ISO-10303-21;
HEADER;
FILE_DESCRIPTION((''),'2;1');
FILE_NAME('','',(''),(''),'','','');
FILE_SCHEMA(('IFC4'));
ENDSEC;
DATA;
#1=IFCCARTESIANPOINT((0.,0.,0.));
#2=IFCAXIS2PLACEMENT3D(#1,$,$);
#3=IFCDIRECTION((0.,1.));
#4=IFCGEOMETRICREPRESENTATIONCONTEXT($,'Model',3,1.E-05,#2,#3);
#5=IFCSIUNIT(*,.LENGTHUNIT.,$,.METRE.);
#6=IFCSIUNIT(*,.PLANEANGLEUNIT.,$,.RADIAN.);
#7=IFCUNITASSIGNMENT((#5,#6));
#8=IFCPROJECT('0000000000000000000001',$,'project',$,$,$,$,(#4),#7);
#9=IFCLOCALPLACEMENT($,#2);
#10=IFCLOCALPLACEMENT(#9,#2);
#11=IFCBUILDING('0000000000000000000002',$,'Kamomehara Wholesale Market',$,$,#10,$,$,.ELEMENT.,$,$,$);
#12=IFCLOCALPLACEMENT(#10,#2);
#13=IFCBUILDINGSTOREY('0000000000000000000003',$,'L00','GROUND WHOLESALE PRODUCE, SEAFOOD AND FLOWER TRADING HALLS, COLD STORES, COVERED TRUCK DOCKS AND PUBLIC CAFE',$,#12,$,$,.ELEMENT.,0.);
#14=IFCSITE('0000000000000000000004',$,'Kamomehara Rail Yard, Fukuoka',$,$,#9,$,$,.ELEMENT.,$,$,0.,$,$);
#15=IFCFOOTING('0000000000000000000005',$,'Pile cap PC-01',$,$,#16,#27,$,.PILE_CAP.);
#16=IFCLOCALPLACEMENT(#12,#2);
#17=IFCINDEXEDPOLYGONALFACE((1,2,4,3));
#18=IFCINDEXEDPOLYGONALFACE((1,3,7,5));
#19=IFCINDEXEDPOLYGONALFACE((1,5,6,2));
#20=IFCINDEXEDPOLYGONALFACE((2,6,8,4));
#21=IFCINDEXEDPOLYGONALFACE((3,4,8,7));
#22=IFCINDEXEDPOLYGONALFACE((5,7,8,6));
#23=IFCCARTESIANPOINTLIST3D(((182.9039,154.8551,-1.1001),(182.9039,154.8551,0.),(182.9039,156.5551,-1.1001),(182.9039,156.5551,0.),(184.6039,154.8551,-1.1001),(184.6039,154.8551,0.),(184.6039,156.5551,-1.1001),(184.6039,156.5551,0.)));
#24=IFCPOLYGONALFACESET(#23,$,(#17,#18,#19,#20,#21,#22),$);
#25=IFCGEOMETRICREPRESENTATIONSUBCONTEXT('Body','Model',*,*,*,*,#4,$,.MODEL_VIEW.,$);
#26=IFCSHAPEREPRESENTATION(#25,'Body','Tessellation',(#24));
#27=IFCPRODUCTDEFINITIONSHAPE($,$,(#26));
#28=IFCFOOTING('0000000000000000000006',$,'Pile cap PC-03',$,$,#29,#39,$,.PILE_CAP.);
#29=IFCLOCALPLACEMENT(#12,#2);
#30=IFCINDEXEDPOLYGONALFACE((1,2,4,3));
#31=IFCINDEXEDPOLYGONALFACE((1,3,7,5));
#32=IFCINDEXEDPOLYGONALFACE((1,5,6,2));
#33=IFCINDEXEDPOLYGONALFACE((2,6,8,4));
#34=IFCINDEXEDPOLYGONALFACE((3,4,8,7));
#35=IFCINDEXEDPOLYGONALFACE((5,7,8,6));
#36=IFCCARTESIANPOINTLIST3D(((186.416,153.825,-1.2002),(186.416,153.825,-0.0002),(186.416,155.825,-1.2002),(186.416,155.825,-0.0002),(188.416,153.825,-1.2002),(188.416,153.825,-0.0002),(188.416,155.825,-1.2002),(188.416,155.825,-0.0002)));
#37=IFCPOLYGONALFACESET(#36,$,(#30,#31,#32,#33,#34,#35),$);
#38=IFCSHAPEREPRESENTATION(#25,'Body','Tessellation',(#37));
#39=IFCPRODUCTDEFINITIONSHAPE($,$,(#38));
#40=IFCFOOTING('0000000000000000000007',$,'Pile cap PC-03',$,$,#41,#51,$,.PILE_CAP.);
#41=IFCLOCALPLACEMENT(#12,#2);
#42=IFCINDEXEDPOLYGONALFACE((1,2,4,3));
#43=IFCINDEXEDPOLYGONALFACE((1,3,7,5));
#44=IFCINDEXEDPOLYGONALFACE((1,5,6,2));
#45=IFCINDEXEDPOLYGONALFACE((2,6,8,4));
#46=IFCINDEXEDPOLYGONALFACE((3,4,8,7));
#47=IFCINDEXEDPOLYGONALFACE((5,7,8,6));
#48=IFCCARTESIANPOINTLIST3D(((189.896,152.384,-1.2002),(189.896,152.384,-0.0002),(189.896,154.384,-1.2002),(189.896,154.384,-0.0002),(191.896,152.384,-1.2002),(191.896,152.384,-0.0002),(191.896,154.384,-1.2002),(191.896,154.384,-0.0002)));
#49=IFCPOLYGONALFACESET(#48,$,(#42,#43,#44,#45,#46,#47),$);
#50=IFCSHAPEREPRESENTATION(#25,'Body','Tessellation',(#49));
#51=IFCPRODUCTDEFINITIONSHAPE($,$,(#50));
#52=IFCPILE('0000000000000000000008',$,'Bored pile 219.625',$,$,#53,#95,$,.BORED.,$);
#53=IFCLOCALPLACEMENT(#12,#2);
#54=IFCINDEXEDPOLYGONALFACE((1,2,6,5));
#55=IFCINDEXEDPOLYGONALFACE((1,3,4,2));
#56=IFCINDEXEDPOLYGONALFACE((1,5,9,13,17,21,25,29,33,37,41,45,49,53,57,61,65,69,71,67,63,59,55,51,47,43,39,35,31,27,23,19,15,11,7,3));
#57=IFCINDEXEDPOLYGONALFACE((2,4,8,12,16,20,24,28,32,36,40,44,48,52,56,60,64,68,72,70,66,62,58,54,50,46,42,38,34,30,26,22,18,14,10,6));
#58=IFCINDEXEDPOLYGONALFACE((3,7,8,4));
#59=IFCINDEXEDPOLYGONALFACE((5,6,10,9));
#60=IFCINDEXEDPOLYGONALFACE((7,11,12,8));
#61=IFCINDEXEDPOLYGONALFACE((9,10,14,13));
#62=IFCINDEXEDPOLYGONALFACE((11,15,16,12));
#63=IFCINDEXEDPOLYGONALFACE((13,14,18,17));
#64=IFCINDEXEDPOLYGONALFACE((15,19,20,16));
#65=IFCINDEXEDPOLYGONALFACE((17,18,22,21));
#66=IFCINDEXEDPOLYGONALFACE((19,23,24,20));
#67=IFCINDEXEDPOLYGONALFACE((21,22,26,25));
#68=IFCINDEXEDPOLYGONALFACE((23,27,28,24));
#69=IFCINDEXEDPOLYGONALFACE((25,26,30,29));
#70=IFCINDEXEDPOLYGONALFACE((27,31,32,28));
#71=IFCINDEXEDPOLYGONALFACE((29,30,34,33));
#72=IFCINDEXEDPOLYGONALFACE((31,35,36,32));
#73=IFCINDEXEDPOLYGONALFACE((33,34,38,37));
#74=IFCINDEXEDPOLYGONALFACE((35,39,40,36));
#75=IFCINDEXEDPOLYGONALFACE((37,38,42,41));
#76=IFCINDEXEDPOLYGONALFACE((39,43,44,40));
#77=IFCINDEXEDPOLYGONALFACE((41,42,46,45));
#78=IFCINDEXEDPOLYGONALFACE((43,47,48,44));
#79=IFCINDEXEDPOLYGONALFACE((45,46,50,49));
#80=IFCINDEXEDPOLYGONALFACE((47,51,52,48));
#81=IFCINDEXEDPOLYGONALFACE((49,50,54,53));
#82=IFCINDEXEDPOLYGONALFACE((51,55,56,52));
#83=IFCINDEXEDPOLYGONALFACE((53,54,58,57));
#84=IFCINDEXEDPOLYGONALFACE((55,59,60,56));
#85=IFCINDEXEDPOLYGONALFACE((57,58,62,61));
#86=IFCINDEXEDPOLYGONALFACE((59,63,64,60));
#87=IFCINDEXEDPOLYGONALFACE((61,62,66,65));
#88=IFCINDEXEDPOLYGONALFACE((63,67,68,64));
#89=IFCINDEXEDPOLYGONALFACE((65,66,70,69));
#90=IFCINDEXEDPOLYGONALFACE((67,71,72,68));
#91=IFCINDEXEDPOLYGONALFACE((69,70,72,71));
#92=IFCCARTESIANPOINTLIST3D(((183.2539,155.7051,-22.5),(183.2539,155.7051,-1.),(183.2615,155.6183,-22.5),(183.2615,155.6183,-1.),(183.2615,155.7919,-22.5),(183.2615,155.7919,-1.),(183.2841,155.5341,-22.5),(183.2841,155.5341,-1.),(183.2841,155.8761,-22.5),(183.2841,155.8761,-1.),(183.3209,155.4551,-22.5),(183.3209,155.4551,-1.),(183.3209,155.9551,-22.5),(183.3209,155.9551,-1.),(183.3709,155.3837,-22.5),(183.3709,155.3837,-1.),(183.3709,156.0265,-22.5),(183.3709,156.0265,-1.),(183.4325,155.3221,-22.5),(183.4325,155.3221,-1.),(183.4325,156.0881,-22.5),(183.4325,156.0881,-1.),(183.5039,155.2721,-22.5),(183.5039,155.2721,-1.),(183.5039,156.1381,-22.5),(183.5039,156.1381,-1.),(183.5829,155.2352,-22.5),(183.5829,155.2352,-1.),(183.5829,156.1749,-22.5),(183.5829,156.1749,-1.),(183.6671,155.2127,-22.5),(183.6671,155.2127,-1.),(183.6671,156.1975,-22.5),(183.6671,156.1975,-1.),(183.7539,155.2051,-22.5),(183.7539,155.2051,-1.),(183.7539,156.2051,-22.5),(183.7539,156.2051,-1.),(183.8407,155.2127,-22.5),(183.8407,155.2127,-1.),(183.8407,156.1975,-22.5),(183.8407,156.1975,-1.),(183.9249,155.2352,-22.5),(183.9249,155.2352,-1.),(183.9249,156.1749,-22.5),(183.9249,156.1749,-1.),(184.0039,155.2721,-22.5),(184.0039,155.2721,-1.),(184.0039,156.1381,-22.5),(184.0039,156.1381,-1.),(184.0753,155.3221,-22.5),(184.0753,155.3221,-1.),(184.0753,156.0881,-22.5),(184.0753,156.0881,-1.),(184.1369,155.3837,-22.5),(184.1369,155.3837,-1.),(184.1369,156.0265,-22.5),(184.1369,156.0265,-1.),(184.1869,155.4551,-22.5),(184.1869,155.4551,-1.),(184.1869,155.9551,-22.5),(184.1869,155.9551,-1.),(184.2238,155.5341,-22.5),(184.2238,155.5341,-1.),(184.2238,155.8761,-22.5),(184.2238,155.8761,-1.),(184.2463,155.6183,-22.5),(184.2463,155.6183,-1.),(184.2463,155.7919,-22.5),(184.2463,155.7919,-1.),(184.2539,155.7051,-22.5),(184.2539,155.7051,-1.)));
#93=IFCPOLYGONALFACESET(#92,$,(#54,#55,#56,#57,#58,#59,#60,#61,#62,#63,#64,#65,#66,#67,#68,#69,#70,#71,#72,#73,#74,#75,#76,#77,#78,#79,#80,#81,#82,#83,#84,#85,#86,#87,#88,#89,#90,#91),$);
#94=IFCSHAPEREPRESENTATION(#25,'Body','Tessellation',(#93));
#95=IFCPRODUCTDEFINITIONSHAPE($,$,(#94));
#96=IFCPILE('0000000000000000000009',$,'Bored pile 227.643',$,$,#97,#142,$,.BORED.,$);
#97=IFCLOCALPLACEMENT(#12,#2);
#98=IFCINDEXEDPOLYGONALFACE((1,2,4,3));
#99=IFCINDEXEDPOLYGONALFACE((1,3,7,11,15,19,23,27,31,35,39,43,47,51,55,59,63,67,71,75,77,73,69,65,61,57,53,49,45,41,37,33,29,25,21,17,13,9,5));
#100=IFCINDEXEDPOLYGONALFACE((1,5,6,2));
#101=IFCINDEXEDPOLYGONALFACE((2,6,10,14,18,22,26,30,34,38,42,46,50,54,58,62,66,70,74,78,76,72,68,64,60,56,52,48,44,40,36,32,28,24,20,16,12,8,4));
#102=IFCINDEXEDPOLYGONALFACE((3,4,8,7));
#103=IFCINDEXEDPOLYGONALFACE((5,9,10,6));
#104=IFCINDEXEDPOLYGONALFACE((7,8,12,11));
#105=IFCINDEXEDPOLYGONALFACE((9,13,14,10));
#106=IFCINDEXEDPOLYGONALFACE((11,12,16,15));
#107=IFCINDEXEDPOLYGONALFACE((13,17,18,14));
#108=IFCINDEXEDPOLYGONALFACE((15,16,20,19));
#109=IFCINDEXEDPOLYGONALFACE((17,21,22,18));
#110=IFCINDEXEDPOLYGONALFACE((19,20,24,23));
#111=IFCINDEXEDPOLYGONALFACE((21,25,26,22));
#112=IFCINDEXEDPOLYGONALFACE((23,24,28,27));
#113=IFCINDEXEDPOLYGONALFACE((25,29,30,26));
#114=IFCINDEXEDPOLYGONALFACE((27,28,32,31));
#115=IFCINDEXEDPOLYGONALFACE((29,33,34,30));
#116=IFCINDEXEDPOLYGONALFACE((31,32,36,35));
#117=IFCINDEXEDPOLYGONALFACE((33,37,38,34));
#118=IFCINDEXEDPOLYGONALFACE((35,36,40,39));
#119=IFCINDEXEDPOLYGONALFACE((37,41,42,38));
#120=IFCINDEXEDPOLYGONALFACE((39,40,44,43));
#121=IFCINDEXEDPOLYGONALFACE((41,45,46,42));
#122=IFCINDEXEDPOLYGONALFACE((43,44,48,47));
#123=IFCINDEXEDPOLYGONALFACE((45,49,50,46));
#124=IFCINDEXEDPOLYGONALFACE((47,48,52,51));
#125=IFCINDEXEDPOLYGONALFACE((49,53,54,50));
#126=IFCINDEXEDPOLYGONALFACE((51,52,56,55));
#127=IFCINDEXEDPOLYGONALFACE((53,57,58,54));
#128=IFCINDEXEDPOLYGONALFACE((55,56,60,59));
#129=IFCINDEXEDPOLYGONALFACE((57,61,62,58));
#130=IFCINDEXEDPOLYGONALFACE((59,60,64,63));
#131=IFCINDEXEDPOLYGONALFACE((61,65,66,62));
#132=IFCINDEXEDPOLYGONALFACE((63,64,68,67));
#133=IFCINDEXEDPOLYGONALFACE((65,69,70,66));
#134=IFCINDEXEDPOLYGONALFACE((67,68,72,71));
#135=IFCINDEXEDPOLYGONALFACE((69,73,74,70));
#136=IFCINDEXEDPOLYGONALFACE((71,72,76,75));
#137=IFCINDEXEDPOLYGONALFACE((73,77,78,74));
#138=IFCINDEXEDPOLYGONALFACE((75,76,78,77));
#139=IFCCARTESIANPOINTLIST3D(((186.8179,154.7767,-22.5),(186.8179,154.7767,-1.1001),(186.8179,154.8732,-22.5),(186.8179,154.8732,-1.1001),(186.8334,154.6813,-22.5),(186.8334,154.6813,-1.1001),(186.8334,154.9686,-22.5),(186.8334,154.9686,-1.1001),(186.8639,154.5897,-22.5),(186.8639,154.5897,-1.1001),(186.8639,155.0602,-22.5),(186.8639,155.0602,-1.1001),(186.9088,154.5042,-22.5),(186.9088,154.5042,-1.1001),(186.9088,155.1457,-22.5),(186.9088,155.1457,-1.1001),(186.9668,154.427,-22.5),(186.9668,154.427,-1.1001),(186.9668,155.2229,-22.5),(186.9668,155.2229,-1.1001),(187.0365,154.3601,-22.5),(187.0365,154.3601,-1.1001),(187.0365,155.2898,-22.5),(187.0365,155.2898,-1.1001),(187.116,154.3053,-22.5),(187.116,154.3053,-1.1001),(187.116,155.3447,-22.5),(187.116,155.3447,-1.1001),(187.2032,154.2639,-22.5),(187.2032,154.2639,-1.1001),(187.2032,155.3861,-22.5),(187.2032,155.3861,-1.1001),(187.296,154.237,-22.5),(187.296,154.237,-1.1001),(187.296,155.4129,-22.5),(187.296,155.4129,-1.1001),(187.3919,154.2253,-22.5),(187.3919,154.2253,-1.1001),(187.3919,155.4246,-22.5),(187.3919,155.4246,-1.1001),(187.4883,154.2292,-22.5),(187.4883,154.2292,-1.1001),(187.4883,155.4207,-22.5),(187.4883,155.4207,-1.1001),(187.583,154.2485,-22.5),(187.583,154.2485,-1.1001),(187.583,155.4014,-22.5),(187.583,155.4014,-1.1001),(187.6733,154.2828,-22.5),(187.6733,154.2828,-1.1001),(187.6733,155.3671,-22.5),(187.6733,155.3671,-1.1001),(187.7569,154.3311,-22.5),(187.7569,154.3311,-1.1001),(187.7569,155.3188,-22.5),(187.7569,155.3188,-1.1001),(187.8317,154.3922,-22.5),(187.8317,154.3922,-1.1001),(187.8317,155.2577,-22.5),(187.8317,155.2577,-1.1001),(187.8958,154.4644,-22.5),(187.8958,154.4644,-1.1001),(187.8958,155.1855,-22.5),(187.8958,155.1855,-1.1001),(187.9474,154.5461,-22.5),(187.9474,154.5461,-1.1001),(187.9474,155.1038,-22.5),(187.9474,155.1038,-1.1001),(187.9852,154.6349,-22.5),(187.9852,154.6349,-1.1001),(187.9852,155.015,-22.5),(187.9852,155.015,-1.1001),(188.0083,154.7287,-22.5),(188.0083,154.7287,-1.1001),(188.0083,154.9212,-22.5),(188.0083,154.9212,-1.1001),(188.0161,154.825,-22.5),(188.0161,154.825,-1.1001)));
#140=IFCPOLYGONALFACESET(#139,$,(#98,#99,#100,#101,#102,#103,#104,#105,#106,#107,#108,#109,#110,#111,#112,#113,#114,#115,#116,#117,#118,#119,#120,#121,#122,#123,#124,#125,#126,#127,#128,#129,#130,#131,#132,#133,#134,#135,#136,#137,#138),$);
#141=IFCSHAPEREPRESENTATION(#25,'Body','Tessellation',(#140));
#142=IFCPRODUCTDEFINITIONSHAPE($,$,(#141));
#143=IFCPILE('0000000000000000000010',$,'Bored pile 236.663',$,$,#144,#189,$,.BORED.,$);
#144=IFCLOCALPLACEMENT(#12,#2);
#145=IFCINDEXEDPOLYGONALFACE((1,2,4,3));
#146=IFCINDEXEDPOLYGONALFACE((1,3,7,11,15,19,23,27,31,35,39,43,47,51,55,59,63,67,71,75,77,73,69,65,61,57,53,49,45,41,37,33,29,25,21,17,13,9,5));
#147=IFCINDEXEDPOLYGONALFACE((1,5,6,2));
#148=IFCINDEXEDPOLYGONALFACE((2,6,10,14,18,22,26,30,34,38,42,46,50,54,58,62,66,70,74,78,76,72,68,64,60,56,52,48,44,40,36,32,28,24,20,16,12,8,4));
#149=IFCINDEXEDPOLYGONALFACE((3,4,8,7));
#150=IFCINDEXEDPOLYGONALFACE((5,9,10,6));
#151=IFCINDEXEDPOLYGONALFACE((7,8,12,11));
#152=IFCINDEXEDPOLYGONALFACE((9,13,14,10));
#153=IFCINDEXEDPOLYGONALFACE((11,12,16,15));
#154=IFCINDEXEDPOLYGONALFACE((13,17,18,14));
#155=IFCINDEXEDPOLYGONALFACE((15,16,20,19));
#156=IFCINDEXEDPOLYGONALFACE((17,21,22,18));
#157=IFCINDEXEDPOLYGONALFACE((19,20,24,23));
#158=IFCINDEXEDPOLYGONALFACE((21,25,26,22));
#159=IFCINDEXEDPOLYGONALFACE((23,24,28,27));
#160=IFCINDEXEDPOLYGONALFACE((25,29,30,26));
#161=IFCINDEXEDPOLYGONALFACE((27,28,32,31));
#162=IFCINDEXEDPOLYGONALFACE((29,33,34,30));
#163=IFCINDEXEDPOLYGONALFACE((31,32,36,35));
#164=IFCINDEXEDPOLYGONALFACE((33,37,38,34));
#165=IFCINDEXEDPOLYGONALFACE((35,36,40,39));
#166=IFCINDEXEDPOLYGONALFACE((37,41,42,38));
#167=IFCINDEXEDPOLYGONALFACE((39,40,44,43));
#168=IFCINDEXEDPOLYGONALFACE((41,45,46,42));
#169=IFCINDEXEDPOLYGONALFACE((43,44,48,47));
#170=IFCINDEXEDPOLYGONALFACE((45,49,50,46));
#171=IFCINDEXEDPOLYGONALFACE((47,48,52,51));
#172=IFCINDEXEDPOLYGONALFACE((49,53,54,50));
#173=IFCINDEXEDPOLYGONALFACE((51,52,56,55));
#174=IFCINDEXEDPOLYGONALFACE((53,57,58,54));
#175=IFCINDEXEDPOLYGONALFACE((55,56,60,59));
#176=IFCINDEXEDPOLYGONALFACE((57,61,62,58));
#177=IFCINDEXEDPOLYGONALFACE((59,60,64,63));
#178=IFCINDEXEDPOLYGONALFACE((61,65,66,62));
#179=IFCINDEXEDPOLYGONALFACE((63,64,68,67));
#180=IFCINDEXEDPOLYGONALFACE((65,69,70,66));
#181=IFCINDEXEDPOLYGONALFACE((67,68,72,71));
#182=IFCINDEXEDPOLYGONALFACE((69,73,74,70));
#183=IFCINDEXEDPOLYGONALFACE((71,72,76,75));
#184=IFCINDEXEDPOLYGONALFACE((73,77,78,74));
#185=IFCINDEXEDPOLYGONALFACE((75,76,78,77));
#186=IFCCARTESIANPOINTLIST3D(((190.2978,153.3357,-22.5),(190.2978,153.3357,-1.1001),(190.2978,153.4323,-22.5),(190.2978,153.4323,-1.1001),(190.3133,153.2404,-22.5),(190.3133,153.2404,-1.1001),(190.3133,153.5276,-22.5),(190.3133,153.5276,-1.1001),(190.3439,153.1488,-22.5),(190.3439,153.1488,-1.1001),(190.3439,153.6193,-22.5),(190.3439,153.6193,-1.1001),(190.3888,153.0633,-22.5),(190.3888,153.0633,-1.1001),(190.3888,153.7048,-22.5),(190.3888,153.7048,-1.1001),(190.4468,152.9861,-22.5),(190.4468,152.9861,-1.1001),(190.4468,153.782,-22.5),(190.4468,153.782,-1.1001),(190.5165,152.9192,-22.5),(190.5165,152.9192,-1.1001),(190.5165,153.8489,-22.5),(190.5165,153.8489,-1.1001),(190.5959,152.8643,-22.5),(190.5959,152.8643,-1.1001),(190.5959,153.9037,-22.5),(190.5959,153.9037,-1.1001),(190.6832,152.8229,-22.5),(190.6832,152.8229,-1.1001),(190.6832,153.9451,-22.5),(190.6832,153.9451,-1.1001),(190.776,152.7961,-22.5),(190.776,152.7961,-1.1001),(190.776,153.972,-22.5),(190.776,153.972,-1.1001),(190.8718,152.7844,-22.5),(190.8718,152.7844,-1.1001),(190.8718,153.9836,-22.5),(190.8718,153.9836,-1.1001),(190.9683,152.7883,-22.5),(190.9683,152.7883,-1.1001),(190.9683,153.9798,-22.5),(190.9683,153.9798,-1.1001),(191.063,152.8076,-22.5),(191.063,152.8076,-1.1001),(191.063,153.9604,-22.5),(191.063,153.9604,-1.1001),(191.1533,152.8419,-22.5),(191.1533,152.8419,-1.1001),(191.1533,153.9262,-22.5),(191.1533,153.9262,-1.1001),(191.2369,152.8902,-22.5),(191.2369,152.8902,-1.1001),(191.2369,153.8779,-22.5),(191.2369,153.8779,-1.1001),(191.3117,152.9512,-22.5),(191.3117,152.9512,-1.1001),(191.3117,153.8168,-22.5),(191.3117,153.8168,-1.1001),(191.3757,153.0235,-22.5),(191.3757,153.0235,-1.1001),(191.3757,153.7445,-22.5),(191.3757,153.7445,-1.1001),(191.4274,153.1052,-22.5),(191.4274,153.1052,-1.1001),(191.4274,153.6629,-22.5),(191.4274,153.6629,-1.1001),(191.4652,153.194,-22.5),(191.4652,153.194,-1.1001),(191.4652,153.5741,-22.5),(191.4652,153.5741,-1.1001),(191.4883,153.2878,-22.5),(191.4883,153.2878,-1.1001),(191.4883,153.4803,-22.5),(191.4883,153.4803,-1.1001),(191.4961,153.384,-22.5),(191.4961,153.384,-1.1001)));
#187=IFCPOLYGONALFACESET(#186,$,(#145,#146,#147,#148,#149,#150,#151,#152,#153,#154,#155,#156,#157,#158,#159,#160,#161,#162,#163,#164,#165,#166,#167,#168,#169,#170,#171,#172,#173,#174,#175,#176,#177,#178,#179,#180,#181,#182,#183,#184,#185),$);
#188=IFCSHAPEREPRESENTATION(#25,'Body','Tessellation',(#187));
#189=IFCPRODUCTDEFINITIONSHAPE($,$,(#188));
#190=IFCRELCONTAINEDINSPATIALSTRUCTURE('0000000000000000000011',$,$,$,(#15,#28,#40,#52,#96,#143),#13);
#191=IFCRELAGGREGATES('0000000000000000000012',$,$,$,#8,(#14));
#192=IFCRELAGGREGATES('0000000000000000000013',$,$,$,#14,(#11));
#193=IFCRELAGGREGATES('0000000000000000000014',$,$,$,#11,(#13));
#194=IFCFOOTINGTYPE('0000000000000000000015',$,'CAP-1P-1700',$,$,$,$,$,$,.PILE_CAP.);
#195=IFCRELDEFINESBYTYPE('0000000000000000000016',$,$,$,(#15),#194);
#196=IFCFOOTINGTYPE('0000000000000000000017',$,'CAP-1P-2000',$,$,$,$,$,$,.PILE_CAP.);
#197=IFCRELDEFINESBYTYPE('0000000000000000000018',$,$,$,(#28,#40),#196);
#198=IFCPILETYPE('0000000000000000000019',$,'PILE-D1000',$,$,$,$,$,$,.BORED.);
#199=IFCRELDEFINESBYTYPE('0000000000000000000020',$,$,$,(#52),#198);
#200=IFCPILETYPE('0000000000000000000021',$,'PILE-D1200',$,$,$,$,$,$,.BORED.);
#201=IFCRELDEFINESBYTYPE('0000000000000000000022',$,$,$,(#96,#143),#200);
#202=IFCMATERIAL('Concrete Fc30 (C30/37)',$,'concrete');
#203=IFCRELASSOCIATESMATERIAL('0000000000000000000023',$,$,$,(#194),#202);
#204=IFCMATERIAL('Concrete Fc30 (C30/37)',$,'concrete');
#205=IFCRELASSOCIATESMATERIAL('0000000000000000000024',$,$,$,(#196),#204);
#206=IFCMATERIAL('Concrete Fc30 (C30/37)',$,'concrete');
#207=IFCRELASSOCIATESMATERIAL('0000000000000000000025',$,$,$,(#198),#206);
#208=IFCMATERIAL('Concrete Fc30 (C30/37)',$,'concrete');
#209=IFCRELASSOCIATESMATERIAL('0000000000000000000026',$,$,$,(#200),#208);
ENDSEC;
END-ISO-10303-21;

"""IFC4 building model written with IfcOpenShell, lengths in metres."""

from ifc_helpers import new_model, si_unit, direction, frame, origin, origin_2d, place, context, subcontext, project, spatial, rectangle, circle, extrude, material, material_profile, profile_set, type_object, element, save


model = new_model("IFC4")

# Units and contexts
model_context = context("Model", 3, precision=1e-05, world=origin(), true_north=direction((0.0, 1.0)))
body_context = subcontext(model_context, "Body", "Model", "MODEL_VIEW")
ifc_project = project(units=[si_unit("LENGTHUNIT", "METRE"), si_unit("PLANEANGLEUNIT", "RADIAN")], contexts=[model_context])

# Site, building, storey
site_placement = place(None, origin())
site = spatial("IfcSite", under=ifc_project, at=site_placement, Name="Kamomehara Rail Yard, Fukuoka", CompositionType="ELEMENT", RefElevation=0.0)
building_placement = place(site_placement, origin())
building = spatial("IfcBuilding", under=site, at=building_placement, Name="Kamomehara Wholesale Market", CompositionType="ELEMENT")
storey_placement = place(building_placement, origin())
storey = spatial("IfcBuildingStorey", under=building, at=storey_placement, Name="L00", Description="GROUND WHOLESALE PRODUCE, SEAFOOD AND FLOWER TRADING HALLS, COLD STORES, COVERED TRUCK DOCKS AND PUBLIC CAFE", CompositionType="ELEMENT", Elevation=0.0)

# Footings
ifc_material_1 = material(Name="Concrete Fc30 (C30/37)", Category="concrete")
footing_type_1 = type_object("IfcFootingType", Name="CAP-1P-1700", PredefinedType="PILE_CAP", material=ifc_material_1)
footing_placement = place(storey_placement, frame((183.7539, 155.7051, -1.1001), z_axis=(0.0, 0.0, 1.0), x_axis=(1.0, 0.0, 0.0)))
element("IfcFooting", 1, at=footing_placement, inside=storey, type_object=footing_type_1, Name="Pile cap PC-01", PredefinedType="PILE_CAP", context=body_context, shape_type="SweptSolid", body=[
    extrude(rectangle(XDim=1.7, YDim=1.7, at=origin_2d()), origin(), (0.0, 0.0, 1.0), 1.1001),
])
ifc_material_2 = material(Name="Concrete Fc30 (C30/37)", Category="concrete")
footing_type_2 = type_object("IfcFootingType", Name="CAP-1P-2000", PredefinedType="PILE_CAP", material=ifc_material_2)
for number, where, z_axis, x_axis, name in (
    (2, (187.416, 154.825, -1.2002), (0.0, 0.0, 1.0), (1.0, 0.0, 0.0), "Pile cap PC-03"),
    (3, (190.896, 153.384, -1.2002), (0.0, 0.0, 1.0), (1.0, 0.0, 0.0), "Pile cap PC-03"),
):
    element("IfcFooting", number, at=place(storey_placement, frame(where, z_axis=z_axis, x_axis=x_axis)), inside=storey, type_object=footing_type_2, Name=name, PredefinedType="PILE_CAP", context=body_context, shape_type="SweptSolid", body=[
        extrude(rectangle(XDim=2.0, YDim=2.0, at=origin_2d()), origin(), (0.0, 0.0, 1.0), 1.2),
    ])

# Piles
ifc_material_3 = material(Name="Concrete Fc30 (C30/37)", Category="concrete")
ifc_material_profile_1 = material_profile(ifc_material_3, circle(Radius=0.5, at=origin_2d()), Name="RC-PILE-D1000")
ifc_profile_set_1 = profile_set([ifc_material_profile_1], Name="Concrete Fc30 (C30/37)")
pile_type_1 = type_object("IfcPileType", Name="PILE-D1000", PredefinedType="BORED", material=ifc_profile_set_1)
pile_placement = place(storey_placement, frame((183.7539, 155.7051, -1.0), z_axis=(0.0, 0.0, -1.0), x_axis=(1.0, 0.0, 0.0)))
element("IfcPile", 4, at=pile_placement, inside=storey, type_object=pile_type_1, Name="Bored pile 219.625", PredefinedType="BORED", context=body_context, shape_type="SweptSolid", body=[
    extrude(circle(Radius=0.5, at=origin_2d()), origin(), (0.0, 0.0, 1.0), 21.5),
])
ifc_material_4 = material(Name="Concrete Fc30 (C30/37)", Category="concrete")
ifc_material_profile_2 = material_profile(ifc_material_4, circle(Radius=0.6001, at=origin_2d()), Name="RC-PILE-D1200")
ifc_profile_set_2 = profile_set([ifc_material_profile_2], Name="Concrete Fc30 (C30/37)")
pile_type_2 = type_object("IfcPileType", Name="PILE-D1200", PredefinedType="BORED", material=ifc_profile_set_2)
for number, where, z_axis, x_axis, name in (
    (5, (187.416, 154.825, -1.1001), (0.0, 0.0, -1.0), (1.0, 0.0, 0.0), "Bored pile 227.643"),
    (6, (190.896, 153.384, -1.1001), (0.0, 0.0, -1.0), (1.0, 0.0, 0.0), "Bored pile 236.663"),
):
    element("IfcPile", number, at=place(storey_placement, frame(where, z_axis=z_axis, x_axis=x_axis)), inside=storey, type_object=pile_type_2, Name=name, PredefinedType="BORED", context=body_context, shape_type="SweptSolid", body=[
        extrude(circle(Radius=0.6001, at=origin_2d()), origin(), (0.0, 0.0, 1.0), 21.3999),
    ])

save(model, "model.ifc")
